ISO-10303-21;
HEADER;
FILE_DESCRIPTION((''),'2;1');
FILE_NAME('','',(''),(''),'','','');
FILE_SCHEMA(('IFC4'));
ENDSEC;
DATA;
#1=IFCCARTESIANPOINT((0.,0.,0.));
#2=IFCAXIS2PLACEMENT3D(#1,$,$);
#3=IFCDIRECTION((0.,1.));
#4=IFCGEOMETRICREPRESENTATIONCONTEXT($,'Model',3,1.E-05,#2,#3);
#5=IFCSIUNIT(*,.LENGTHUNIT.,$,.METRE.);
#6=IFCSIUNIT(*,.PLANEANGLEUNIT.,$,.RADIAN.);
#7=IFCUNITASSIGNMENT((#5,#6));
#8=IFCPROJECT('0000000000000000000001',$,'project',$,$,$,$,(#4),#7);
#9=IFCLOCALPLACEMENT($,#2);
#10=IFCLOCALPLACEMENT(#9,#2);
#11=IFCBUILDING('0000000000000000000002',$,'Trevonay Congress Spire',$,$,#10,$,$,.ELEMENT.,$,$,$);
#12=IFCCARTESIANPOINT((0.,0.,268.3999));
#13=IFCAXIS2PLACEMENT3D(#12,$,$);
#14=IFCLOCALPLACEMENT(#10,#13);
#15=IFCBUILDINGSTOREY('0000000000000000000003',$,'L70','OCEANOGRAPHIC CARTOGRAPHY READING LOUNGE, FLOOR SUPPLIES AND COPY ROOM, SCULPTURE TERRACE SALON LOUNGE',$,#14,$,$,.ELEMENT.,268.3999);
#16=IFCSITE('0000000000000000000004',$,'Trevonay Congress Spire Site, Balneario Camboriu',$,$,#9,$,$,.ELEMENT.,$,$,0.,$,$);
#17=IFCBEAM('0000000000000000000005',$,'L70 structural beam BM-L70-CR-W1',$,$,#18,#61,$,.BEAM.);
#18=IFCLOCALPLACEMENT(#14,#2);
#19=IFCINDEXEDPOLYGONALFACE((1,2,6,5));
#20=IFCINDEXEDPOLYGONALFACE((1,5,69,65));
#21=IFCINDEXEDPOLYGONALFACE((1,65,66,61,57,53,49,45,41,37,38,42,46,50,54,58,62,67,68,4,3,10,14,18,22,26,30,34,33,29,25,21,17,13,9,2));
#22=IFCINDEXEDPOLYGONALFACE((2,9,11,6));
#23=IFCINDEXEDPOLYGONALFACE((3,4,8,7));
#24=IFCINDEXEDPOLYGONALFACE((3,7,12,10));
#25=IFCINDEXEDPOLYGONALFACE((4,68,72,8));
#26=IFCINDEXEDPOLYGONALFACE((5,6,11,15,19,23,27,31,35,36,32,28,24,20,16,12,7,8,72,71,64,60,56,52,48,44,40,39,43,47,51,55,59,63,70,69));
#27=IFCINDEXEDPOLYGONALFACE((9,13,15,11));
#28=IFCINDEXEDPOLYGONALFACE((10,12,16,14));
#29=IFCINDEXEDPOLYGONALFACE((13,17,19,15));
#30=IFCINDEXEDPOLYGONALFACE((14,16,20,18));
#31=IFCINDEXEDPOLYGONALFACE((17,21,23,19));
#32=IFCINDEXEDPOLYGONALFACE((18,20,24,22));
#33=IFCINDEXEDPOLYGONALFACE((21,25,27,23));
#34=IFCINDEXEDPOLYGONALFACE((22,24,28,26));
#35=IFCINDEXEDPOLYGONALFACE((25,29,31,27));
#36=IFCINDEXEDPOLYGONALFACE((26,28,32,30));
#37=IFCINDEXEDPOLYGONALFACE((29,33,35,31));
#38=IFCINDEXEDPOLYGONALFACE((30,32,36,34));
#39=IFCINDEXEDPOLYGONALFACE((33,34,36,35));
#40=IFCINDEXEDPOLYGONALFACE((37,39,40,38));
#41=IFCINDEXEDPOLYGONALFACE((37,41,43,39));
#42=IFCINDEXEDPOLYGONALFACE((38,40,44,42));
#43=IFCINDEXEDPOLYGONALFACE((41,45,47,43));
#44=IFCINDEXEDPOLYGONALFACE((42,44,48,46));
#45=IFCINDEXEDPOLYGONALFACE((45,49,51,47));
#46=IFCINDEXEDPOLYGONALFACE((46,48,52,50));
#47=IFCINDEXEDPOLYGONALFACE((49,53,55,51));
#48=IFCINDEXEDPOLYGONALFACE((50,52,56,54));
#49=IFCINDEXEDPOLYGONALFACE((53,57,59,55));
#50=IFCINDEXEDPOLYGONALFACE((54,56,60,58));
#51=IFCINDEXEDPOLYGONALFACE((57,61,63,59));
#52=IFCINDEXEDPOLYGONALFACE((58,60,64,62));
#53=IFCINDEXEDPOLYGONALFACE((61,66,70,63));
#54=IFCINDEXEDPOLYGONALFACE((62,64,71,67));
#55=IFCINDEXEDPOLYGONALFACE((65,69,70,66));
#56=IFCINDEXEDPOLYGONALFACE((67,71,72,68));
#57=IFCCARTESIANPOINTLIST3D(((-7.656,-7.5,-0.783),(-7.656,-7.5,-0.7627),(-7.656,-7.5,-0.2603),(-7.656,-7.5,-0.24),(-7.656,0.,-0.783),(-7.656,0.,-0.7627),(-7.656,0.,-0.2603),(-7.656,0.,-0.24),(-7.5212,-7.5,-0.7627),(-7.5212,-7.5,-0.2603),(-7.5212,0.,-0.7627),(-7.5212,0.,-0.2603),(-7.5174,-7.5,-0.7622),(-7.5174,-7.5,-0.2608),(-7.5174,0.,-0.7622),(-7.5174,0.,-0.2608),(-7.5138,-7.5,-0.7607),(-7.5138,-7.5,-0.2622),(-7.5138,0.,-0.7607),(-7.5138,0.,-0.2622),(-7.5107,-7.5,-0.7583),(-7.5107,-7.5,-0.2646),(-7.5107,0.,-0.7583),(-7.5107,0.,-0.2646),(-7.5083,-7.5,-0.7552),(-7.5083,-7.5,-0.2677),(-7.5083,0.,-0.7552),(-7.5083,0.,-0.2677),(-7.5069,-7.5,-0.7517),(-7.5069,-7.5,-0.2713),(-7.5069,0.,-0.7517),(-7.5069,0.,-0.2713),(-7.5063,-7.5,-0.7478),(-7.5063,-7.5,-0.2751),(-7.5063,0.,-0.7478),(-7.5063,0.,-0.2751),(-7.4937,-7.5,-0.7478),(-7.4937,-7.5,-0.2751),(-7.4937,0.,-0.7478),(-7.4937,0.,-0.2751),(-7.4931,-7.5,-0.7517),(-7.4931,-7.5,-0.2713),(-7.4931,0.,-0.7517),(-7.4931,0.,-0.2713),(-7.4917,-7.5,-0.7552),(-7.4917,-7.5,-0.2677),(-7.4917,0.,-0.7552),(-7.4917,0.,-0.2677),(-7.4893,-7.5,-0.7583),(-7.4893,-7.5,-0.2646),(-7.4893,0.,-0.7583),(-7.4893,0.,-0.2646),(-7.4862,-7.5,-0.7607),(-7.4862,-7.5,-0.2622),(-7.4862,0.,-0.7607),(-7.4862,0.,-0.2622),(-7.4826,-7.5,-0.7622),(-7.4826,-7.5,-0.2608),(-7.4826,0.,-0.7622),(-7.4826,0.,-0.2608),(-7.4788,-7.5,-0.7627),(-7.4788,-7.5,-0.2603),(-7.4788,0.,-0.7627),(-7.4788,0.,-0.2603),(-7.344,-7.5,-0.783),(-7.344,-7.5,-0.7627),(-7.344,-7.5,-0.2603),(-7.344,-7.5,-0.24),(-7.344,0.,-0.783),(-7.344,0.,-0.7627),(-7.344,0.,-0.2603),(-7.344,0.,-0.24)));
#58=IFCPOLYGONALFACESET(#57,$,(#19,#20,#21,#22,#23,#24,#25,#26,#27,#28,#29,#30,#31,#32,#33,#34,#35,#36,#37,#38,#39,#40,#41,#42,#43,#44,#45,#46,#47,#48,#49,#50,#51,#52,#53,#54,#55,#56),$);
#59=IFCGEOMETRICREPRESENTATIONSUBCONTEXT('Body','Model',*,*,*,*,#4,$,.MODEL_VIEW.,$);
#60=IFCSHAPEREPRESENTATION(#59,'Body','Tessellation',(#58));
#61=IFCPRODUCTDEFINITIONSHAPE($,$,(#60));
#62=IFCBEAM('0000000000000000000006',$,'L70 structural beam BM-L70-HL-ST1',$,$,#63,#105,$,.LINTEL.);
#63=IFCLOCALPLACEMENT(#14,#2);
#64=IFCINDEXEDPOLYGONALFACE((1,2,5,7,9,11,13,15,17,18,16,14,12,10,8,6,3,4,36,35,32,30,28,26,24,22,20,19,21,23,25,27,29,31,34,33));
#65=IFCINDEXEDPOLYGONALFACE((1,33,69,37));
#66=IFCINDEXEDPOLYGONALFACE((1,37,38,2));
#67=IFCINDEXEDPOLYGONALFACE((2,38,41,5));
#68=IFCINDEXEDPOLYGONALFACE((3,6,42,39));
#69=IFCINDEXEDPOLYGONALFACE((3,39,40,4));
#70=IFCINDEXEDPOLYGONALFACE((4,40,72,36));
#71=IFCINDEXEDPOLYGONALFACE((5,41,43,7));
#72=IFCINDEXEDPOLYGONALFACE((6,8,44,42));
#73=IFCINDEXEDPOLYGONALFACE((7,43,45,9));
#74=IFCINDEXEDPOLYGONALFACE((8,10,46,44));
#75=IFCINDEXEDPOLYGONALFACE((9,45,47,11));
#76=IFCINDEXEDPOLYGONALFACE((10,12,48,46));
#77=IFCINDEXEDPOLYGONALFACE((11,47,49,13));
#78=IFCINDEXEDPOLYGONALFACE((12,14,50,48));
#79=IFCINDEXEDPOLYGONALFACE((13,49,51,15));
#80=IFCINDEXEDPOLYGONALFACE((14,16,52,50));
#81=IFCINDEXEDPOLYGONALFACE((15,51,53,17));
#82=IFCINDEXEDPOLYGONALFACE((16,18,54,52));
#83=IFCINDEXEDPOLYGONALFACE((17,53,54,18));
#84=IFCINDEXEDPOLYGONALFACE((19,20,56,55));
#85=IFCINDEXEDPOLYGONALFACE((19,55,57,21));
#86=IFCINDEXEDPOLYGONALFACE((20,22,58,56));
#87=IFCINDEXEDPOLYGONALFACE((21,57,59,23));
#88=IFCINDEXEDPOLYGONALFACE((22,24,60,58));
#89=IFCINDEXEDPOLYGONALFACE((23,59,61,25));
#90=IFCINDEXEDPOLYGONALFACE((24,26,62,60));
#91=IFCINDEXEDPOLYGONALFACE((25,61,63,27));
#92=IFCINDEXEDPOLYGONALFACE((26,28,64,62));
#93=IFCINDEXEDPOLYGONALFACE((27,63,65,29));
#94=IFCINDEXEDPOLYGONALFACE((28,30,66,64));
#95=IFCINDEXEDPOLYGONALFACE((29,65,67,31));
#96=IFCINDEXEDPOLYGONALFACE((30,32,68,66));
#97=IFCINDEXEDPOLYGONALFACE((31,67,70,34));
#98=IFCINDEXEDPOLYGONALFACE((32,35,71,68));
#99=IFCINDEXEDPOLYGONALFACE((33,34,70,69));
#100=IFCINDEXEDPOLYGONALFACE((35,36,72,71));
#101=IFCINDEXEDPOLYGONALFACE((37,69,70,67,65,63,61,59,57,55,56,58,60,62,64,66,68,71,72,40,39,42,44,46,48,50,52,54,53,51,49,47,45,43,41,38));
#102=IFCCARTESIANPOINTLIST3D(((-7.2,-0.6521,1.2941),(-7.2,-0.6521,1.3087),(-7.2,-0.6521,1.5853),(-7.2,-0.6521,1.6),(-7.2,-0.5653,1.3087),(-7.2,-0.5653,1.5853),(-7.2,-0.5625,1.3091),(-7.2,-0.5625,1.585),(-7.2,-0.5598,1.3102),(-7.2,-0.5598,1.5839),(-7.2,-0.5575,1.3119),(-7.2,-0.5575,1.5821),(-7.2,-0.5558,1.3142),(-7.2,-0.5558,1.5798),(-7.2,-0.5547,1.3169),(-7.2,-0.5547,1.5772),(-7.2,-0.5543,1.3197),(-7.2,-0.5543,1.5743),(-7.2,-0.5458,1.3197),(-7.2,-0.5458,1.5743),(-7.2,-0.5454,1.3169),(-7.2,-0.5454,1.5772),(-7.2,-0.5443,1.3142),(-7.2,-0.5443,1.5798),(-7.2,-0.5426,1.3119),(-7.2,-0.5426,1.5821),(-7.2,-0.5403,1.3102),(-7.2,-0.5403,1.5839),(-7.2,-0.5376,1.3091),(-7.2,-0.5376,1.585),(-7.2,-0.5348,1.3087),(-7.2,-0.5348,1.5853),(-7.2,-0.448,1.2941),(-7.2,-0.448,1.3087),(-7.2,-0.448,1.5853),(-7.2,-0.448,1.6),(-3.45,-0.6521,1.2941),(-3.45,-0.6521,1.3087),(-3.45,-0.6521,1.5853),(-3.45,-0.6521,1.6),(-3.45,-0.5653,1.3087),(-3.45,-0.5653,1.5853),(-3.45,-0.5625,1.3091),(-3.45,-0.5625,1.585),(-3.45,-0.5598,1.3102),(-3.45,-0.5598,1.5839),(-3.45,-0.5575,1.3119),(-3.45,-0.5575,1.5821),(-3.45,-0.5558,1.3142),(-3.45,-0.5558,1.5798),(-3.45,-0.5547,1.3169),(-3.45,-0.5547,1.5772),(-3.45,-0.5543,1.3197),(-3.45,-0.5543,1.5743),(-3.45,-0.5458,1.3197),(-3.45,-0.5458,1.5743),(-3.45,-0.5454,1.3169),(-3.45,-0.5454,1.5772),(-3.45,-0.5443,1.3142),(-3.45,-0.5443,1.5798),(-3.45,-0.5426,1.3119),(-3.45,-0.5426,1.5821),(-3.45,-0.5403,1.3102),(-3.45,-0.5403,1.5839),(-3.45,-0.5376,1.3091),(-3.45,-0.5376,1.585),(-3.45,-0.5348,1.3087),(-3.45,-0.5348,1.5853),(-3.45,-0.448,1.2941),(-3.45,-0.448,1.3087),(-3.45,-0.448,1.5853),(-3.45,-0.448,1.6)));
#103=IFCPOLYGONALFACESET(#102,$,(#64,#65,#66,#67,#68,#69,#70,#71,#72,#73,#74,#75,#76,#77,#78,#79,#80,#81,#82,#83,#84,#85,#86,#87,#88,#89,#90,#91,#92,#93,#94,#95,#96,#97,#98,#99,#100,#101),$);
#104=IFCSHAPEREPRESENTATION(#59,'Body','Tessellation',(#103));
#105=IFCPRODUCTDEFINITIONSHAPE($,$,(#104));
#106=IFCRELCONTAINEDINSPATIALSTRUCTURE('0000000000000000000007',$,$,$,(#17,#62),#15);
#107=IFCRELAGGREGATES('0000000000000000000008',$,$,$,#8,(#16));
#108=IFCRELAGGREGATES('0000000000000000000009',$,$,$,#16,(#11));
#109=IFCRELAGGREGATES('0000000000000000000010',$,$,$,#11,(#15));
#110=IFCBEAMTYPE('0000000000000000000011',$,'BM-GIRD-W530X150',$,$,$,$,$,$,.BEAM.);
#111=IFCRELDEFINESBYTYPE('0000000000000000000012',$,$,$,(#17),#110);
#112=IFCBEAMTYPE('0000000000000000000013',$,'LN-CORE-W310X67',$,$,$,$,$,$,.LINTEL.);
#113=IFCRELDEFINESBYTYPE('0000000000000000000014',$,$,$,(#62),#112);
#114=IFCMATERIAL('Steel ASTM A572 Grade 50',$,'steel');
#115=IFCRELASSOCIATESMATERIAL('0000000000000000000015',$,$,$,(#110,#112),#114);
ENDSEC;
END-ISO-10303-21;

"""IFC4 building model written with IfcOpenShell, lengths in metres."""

from ifc_helpers import new_model, si_unit, direction, frame, origin, origin_2d, place, context, subcontext, project, spatial, i_section, extrude, material, material_profile, profile_set, type_object, element, save


model = new_model("IFC4")

# Units and contexts
model_context = context("Model", 3, precision=1e-05, world=origin(), true_north=direction((0.0, 1.0)))
body_context = subcontext(model_context, "Body", "Model", "MODEL_VIEW")
ifc_project = project(units=[si_unit("LENGTHUNIT", "METRE"), si_unit("PLANEANGLEUNIT", "RADIAN")], contexts=[model_context])

# Site, building, storey
site_placement = place(None, origin())
site = spatial("IfcSite", under=ifc_project, at=site_placement, Name="Trevonay Congress Spire Site, Balneario Camboriu", CompositionType="ELEMENT", RefElevation=0.0)
building_placement = place(site_placement, origin())
building = spatial("IfcBuilding", under=site, at=building_placement, Name="Trevonay Congress Spire", CompositionType="ELEMENT")
storey_placement = place(building_placement, frame((0.0, 0.0, 268.3999)))
storey = spatial("IfcBuildingStorey", under=building, at=storey_placement, Name="L70", Description="OCEANOGRAPHIC CARTOGRAPHY READING LOUNGE, FLOOR SUPPLIES AND COPY ROOM, SCULPTURE TERRACE SALON LOUNGE", CompositionType="ELEMENT", Elevation=268.3999)

# Shared definitions
ifc_material_1 = material(Name="Steel ASTM A572 Grade 50", Category="steel")

# Beams
ifc_material_profile_1 = material_profile(ifc_material_1, i_section(OverallWidth=0.312, OverallDepth=0.543, WebThickness=0.0127, FlangeThickness=0.0203, FilletRadius=0.0149, at=origin_2d()), Name="W530x150")
ifc_profile_set_1 = profile_set([ifc_material_profile_1], Name="Steel ASTM A572 Grade 50")
beam_type_1 = type_object("IfcBeamType", Name="BM-GIRD-W530X150", PredefinedType="BEAM", material=ifc_profile_set_1)
beam_1_placement = place(storey_placement, frame((-7.5, -7.5, -0.5115), z_axis=(0.0, 1.0, 0.0), x_axis=(-1.0, 0.0, 0.0)))
element("IfcBeam", 1, at=beam_1_placement, inside=storey, type_object=beam_type_1, Name="L70 structural beam BM-L70-CR-W1", PredefinedType="BEAM", context=body_context, shape_type="SweptSolid", body=[
    extrude(i_section(OverallWidth=0.312, OverallDepth=0.543, WebThickness=0.0127, FlangeThickness=0.0203, FilletRadius=0.0149, at=origin_2d()), origin(), (0.0, 0.0, 1.0), 7.5),
])
ifc_material_profile_2 = material_profile(ifc_material_1, i_section(OverallWidth=0.2041, OverallDepth=0.3059, WebThickness=0.0085, FlangeThickness=0.0146, FilletRadius=0.011, at=origin_2d()), Name="W310x67")
ifc_profile_set_2 = profile_set([ifc_material_profile_2], Name="Steel ASTM A572 Grade 50")
beam_type_2 = type_object("IfcBeamType", Name="LN-CORE-W310X67", PredefinedType="LINTEL", material=ifc_profile_set_2)
beam_2_placement = place(storey_placement, frame((-7.2, -0.55, 1.447), z_axis=(1.0, 0.0, 0.0), x_axis=(0.0, 1.0, 0.0)))
element("IfcBeam", 2, at=beam_2_placement, inside=storey, type_object=beam_type_2, Name="L70 structural beam BM-L70-HL-ST1", PredefinedType="LINTEL", context=body_context, shape_type="SweptSolid", body=[
    extrude(i_section(OverallWidth=0.2041, OverallDepth=0.3059, WebThickness=0.0085, FlangeThickness=0.0146, FilletRadius=0.011, at=origin_2d()), origin(), (0.0, 0.0, 1.0), 3.75),
])

save(model, "model.ifc")
